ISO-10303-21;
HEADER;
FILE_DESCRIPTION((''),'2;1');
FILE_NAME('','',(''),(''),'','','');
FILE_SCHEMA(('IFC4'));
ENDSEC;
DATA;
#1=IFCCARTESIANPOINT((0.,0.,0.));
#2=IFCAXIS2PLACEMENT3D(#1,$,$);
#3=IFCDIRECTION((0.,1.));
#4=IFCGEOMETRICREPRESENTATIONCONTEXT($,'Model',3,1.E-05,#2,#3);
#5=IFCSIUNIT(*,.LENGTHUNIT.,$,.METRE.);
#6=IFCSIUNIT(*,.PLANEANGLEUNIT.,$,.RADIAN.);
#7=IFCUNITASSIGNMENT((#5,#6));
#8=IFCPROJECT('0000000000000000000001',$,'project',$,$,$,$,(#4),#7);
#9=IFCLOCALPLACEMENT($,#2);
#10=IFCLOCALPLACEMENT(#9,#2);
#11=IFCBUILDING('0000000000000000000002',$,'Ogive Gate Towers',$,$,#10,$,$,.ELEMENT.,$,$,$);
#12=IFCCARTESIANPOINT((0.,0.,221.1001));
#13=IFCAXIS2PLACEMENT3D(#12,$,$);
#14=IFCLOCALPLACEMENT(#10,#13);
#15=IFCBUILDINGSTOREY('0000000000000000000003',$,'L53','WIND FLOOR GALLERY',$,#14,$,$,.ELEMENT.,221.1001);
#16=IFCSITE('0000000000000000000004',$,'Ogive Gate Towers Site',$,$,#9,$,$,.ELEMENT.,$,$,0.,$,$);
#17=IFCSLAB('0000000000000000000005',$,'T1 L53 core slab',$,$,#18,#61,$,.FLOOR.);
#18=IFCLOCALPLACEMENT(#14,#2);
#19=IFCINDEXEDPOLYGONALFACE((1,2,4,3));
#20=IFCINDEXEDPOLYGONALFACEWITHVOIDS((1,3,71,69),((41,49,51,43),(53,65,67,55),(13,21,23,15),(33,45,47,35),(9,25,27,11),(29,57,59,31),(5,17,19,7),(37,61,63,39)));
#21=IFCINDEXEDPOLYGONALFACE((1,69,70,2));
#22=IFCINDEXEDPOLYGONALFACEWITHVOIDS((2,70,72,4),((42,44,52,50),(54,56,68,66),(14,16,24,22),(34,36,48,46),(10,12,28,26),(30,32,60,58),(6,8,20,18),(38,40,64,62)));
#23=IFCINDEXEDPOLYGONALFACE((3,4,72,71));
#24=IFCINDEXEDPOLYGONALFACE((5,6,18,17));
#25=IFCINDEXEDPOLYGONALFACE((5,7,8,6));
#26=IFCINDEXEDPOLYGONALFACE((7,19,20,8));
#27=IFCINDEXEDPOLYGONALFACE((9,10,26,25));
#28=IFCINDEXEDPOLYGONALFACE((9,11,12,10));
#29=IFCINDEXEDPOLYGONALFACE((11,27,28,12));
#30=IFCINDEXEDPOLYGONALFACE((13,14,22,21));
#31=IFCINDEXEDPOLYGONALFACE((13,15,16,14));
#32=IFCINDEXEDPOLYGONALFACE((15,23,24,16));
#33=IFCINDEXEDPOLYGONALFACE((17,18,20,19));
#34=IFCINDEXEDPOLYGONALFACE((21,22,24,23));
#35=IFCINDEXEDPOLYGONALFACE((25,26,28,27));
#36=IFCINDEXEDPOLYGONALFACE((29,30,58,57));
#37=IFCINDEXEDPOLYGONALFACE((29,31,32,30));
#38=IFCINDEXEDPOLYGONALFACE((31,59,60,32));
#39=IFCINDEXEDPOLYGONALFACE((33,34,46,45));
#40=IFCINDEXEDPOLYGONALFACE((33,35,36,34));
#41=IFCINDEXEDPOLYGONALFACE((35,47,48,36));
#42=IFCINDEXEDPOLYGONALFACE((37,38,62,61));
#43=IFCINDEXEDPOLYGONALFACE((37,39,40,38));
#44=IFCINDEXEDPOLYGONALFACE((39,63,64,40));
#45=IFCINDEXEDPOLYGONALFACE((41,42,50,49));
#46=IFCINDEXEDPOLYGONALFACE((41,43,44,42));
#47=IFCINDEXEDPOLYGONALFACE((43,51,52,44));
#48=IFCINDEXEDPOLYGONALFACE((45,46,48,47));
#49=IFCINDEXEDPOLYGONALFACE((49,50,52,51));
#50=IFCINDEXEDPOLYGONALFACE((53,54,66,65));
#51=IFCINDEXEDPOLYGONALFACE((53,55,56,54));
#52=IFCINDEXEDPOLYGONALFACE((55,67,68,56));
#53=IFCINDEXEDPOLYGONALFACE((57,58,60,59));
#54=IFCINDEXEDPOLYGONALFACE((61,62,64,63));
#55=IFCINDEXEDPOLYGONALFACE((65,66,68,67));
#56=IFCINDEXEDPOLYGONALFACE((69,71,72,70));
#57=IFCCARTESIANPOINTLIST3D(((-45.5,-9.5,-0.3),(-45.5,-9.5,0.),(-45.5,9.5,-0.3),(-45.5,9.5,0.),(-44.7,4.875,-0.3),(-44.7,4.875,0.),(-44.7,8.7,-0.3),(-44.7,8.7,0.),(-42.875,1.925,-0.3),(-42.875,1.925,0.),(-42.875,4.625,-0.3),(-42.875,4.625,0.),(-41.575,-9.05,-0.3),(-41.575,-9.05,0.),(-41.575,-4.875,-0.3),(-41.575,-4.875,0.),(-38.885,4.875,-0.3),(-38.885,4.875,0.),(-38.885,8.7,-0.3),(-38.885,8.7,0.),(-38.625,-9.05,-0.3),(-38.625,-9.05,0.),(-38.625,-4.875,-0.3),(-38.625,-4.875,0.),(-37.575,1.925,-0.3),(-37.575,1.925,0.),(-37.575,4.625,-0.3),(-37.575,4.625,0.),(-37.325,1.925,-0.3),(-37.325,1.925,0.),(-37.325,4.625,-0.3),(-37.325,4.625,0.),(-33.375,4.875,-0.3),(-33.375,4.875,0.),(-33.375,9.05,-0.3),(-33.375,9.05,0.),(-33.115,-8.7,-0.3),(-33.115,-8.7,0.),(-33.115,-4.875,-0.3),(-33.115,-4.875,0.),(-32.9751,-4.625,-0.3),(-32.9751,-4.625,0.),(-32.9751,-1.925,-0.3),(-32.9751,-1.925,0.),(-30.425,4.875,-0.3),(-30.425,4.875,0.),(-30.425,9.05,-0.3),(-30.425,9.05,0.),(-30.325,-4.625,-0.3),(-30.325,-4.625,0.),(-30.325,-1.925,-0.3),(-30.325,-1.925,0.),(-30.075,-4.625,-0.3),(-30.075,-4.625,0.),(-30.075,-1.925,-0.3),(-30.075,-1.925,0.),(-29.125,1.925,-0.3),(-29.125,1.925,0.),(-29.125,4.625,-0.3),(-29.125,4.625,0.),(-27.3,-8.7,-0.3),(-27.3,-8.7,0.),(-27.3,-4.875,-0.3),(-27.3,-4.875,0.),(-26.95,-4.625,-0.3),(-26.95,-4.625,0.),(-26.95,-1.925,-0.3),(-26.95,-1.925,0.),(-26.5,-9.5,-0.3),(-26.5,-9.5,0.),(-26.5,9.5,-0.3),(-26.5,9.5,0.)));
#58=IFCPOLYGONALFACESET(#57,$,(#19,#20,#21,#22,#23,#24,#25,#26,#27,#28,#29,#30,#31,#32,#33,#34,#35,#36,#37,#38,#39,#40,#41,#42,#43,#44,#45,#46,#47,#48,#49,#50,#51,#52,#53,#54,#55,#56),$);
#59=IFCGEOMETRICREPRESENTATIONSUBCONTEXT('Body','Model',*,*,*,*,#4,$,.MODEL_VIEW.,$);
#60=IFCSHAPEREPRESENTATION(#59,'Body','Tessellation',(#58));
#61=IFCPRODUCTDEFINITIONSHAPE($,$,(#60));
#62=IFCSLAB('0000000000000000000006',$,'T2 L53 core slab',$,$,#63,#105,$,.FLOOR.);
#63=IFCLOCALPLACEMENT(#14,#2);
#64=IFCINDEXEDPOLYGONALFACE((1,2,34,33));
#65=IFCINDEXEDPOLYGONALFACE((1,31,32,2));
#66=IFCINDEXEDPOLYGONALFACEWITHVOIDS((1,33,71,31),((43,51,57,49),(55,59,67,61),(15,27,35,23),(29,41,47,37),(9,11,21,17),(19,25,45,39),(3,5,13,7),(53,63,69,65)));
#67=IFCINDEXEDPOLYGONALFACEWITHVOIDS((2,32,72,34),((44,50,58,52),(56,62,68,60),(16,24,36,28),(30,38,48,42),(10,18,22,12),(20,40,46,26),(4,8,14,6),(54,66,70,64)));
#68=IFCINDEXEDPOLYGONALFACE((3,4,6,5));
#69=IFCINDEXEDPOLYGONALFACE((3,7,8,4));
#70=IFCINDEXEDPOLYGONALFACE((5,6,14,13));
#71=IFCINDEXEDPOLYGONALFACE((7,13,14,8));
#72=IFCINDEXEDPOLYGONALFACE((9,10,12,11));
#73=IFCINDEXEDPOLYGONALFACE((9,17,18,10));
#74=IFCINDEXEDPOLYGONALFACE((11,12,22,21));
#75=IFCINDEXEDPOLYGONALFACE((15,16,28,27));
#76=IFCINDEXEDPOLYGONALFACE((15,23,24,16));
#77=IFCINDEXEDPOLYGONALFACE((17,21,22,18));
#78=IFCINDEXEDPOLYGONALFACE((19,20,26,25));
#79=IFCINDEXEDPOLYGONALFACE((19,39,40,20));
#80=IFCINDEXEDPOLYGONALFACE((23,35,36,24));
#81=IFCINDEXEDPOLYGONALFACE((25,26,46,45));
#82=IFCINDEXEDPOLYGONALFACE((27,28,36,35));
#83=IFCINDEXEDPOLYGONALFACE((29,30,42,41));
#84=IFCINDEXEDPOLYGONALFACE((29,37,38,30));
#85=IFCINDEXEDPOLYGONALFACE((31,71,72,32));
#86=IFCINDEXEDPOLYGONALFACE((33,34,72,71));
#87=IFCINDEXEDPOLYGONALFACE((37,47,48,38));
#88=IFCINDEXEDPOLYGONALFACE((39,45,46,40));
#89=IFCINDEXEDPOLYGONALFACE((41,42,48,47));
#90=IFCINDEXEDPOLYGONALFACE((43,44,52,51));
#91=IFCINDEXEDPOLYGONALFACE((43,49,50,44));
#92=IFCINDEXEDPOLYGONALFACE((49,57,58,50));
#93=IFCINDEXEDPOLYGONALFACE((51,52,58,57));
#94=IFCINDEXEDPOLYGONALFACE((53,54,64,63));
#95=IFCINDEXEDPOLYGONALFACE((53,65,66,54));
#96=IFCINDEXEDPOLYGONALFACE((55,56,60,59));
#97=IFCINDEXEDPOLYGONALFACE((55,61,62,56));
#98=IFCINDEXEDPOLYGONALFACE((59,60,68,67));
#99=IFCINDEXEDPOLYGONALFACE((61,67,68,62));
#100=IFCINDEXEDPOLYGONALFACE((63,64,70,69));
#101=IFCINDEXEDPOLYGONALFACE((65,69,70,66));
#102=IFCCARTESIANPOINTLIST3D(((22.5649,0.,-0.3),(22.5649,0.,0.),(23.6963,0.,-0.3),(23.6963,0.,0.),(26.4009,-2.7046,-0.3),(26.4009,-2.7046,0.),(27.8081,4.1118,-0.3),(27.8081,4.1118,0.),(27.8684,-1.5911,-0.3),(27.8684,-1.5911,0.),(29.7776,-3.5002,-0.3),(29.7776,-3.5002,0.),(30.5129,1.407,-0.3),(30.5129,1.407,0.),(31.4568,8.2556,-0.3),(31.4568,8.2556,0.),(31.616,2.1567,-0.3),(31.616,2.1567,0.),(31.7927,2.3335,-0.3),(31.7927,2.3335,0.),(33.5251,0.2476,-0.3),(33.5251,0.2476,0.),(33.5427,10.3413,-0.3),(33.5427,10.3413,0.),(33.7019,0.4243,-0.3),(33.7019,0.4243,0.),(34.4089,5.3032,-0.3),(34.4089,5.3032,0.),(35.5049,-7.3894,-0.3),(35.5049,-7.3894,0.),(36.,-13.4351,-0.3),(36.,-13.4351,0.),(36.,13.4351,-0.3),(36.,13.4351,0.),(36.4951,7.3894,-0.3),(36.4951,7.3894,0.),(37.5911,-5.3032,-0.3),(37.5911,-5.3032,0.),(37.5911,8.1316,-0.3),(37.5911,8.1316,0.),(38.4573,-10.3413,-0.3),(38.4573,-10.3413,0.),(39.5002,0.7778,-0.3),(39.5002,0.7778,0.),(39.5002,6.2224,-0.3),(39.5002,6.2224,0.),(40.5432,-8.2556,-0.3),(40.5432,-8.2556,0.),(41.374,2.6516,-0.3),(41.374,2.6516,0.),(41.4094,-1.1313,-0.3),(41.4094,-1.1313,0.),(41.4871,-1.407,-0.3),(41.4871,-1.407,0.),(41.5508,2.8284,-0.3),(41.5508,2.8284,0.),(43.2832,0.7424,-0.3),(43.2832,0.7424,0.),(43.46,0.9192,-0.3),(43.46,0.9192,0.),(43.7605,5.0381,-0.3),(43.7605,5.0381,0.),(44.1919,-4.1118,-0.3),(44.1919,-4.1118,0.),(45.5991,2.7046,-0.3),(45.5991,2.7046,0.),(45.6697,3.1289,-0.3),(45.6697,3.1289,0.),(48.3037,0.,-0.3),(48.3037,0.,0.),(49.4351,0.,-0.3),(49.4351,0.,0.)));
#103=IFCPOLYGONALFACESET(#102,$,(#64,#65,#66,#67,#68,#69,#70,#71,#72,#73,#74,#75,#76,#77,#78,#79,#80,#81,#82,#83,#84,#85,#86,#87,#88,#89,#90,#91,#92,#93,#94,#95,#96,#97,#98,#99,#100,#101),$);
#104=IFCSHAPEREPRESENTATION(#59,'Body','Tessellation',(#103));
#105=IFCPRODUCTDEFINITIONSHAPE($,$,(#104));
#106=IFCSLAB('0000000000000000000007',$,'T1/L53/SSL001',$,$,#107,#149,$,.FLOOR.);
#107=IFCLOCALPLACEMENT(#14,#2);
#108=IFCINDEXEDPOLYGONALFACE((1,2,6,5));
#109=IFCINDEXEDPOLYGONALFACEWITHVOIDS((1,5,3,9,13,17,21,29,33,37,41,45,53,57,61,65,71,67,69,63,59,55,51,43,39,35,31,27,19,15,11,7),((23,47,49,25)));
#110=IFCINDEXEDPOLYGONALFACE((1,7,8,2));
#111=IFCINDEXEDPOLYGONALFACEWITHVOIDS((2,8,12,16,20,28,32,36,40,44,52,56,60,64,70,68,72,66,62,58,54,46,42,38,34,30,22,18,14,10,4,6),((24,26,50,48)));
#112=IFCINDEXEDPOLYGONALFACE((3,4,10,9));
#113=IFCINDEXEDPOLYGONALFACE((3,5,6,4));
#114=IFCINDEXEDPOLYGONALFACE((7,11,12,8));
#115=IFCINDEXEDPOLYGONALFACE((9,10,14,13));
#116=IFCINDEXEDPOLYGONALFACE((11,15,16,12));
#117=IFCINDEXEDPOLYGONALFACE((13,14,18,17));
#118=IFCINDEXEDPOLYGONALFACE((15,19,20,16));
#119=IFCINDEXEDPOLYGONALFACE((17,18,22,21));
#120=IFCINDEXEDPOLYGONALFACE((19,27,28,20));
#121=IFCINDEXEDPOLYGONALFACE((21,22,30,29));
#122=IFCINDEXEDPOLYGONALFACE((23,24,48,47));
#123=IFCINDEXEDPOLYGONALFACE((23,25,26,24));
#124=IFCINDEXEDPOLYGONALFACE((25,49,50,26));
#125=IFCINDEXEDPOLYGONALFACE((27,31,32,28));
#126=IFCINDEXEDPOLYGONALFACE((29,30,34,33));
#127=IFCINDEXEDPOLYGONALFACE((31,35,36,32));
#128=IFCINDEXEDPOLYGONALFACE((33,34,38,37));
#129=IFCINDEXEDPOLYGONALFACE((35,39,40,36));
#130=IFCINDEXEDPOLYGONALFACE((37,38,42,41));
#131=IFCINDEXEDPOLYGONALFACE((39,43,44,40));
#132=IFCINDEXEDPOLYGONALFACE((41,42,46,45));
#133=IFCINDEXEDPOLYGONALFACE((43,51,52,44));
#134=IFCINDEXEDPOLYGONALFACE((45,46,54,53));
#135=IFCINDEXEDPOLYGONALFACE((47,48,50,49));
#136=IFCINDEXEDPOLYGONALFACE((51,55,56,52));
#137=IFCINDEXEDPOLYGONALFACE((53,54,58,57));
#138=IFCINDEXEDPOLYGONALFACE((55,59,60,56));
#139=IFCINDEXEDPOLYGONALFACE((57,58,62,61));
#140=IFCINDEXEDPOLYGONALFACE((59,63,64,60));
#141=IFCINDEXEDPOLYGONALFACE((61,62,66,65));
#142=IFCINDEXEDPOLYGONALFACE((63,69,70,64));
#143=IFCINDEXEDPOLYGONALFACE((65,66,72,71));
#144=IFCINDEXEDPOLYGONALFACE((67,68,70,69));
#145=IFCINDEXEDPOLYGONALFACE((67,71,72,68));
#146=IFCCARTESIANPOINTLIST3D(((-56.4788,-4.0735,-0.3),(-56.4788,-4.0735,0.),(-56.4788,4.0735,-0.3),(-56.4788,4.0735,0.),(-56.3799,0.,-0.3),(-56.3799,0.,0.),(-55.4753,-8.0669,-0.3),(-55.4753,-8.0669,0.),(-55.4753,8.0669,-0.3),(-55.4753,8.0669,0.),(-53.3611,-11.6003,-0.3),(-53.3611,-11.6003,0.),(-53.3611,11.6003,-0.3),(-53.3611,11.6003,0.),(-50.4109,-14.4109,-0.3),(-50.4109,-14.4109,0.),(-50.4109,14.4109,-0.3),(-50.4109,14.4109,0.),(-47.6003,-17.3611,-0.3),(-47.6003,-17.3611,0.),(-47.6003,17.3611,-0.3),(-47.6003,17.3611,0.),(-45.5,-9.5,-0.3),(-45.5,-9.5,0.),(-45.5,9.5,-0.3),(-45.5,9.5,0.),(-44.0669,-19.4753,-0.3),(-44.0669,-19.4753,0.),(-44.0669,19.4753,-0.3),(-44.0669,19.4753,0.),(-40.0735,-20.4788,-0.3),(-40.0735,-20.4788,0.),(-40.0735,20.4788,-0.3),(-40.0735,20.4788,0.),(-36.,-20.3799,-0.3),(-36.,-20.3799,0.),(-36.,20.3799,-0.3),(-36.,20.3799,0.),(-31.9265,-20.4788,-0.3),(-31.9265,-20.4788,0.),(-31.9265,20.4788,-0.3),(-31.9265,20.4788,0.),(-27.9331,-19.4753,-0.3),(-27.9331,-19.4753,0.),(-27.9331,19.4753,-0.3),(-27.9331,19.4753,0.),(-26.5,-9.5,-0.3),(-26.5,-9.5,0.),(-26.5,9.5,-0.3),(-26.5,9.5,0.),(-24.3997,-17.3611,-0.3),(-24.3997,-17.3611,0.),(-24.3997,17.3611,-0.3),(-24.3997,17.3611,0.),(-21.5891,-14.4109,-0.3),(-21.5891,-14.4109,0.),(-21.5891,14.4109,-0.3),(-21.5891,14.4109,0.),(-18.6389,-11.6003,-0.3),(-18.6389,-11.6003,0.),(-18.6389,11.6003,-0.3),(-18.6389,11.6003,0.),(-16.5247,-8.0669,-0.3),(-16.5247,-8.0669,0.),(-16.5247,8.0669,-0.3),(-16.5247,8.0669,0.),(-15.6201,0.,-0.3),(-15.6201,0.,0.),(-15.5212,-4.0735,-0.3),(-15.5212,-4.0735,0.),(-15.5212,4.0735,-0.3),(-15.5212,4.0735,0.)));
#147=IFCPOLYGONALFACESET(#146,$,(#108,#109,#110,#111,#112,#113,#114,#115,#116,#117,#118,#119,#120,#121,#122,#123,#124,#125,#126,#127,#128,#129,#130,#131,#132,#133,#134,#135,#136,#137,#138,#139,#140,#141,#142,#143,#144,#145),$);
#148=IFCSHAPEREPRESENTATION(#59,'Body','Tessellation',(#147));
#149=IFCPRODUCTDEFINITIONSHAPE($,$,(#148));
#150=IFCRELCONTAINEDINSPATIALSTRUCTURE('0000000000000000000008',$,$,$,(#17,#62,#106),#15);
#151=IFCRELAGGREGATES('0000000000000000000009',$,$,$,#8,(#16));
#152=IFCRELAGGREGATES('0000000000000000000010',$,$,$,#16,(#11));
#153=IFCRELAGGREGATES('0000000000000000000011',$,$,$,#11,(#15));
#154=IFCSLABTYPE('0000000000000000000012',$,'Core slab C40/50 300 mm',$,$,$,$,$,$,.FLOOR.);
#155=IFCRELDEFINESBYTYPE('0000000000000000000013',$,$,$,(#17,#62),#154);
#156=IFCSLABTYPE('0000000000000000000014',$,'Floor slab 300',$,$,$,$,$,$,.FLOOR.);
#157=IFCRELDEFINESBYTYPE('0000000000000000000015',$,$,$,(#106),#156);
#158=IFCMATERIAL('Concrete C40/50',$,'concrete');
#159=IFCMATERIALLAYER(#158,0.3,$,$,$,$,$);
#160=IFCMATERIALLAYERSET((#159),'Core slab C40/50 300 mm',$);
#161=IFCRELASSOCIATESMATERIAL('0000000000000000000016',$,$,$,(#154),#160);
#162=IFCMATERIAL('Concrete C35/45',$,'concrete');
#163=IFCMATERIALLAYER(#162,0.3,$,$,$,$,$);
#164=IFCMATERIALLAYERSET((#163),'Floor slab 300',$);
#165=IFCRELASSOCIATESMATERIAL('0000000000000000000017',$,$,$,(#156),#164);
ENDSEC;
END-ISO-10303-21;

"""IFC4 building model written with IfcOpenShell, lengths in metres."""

from ifc_helpers import new_model, si_unit, direction, frame, origin, place, context, subcontext, project, spatial, polyline, outline, extrude, material, layer, layer_set, type_object, element, save


model = new_model("IFC4")

# Units and contexts
model_context = context("Model", 3, precision=1e-05, world=origin(), true_north=direction((0.0, 1.0)))
body_context = subcontext(model_context, "Body", "Model", "MODEL_VIEW")
ifc_project = project(units=[si_unit("LENGTHUNIT", "METRE"), si_unit("PLANEANGLEUNIT", "RADIAN")], contexts=[model_context])

# Site, building, storey
site_placement = place(None, origin())
site = spatial("IfcSite", under=ifc_project, at=site_placement, Name="Ogive Gate Towers Site", CompositionType="ELEMENT", RefElevation=0.0)
building_placement = place(site_placement, origin())
building = spatial("IfcBuilding", under=site, at=building_placement, Name="Ogive Gate Towers", CompositionType="ELEMENT")
storey_placement = place(building_placement, frame((0.0, 0.0, 221.1001)))
storey = spatial("IfcBuildingStorey", under=building, at=storey_placement, Name="L53", Description="WIND FLOOR GALLERY", CompositionType="ELEMENT", Elevation=221.1001)

# Slabs
ifc_material_1 = material(Name="Concrete C40/50", Category="concrete")
ifc_layer_1 = layer(ifc_material_1, 0.3)
ifc_layer_set_1 = layer_set([ifc_layer_1], Name="Core slab C40/50 300 mm")
slab_type_1 = type_object("IfcSlabType", Name="Core slab C40/50 300 mm", PredefinedType="FLOOR", material=ifc_layer_set_1)
slab_1_placement = place(storey_placement, frame((0.0, 0.0, -0.3)))
element("IfcSlab", 1, at=slab_1_placement, inside=storey, type_object=slab_type_1, Name="T1 L53 core slab", PredefinedType="FLOOR", context=body_context, shape_type="SweptSolid", body=[
    extrude(outline(polyline([(-45.5, -9.5), (-45.5, 9.5), (-26.5, 9.5), (-26.5, -9.5), (-45.5, -9.5)]), holes=[polyline([(-42.875, 1.925), (-37.575, 1.925), (-37.575, 4.625), (-42.875, 4.625), (-42.875, 1.925)]), polyline([(-37.325, 4.625), (-37.325, 1.925), (-29.125, 1.925), (-29.125, 4.625), (-37.325, 4.625)]), polyline([(-30.325, -1.925), (-32.9751, -1.925), (-32.9751, -4.625), (-30.325, -4.625), (-30.325, -1.925)]), polyline([(-26.95, -4.625), (-26.95, -1.925), (-30.075, -1.925), (-30.075, -4.625), (-26.95, -4.625)]), polyline([(-33.375, 4.875), (-30.425, 4.875), (-30.425, 9.05), (-33.375, 9.05), (-33.375, 4.875)]), polyline([(-41.575, -4.875), (-41.575, -9.05), (-38.625, -9.05), (-38.625, -4.875), (-41.575, -4.875)]), polyline([(-44.7, 4.875), (-38.885, 4.875), (-38.885, 8.7), (-44.7, 8.7), (-44.7, 4.875)]), polyline([(-27.3, -8.7), (-27.3, -4.875), (-33.115, -4.875), (-33.115, -8.7), (-27.3, -8.7)])]), origin(), (0.0, 0.0, 1.0), 0.3),
])
slab_2_placement = place(storey_placement, frame((0.0, 0.0, -0.3)))
element("IfcSlab", 2, at=slab_2_placement, inside=storey, type_object=slab_type_1, Name="T2 L53 core slab", PredefinedType="FLOOR", context=body_context, shape_type="SweptSolid", body=[
    extrude(outline(polyline([(36.0, -13.4351), (22.5649, 0.0), (36.0, 13.4351), (49.4351, 0.0), (36.0, -13.4351)]), holes=[polyline([(29.7776, -3.5002), (33.5251, 0.2476), (31.616, 2.1567), (27.8684, -1.5911), (29.7776, -3.5002)]), polyline([(31.7927, 2.3335), (33.7019, 0.4243), (39.5002, 6.2224), (37.5911, 8.1316), (31.7927, 2.3335)]), polyline([(41.374, 2.6516), (39.5002, 0.7778), (41.4094, -1.1313), (43.2832, 0.7424), (41.374, 2.6516)]), polyline([(45.6697, 3.1289), (43.7605, 5.0381), (41.5508, 2.8284), (43.46, 0.9192), (45.6697, 3.1289)]), polyline([(34.4089, 5.3032), (36.4951, 7.3894), (33.5427, 10.3413), (31.4568, 8.2556), (34.4089, 5.3032)]), polyline([(35.5049, -7.3894), (38.4573, -10.3413), (40.5432, -8.2556), (37.5911, -5.3032), (35.5049, -7.3894)]), polyline([(26.4009, -2.7046), (30.5129, 1.407), (27.8081, 4.1118), (23.6963, 0.0), (26.4009, -2.7046)]), polyline([(48.3037, 0.0), (45.5991, 2.7046), (41.4871, -1.407), (44.1919, -4.1118), (48.3037, 0.0)])]), origin(), (0.0, 0.0, 1.0), 0.3),
])
ifc_material_2 = material(Name="Concrete C35/45", Category="concrete")
ifc_layer_2 = layer(ifc_material_2, 0.3)
ifc_layer_set_2 = layer_set([ifc_layer_2], Name="Floor slab 300")
slab_type_2 = type_object("IfcSlabType", Name="Floor slab 300", PredefinedType="FLOOR", material=ifc_layer_set_2)
slab_3_placement = place(storey_placement, frame((0.0, 0.0, -0.3)))
element("IfcSlab", 3, at=slab_3_placement, inside=storey, type_object=slab_type_2, Name="T1/L53/SSL001", PredefinedType="FLOOR", context=body_context, shape_type="SweptSolid", body=[
    extrude(outline(polyline([(-15.5212, -4.0735), (-15.6201, 0.0), (-15.5212, 4.0735), (-16.5247, 8.0669), (-18.6389, 11.6003), (-21.5891, 14.4109), (-24.3997, 17.3611), (-27.9331, 19.4753), (-31.9265, 20.4788), (-36.0, 20.3799), (-40.0735, 20.4788), (-44.0669, 19.4753), (-47.6003, 17.3611), (-50.4109, 14.4109), (-53.3611, 11.6003), (-55.4753, 8.0669), (-56.4788, 4.0735), (-56.3799, 0.0), (-56.4788, -4.0735), (-55.4753, -8.0669), (-53.3611, -11.6003), (-50.4109, -14.4109), (-47.6003, -17.3611), (-44.0669, -19.4753), (-40.0735, -20.4788), (-36.0, -20.3799), (-31.9265, -20.4788), (-27.9331, -19.4753), (-24.3997, -17.3611), (-21.5891, -14.4109), (-18.6389, -11.6003), (-16.5247, -8.0669), (-15.5212, -4.0735)]), holes=[polyline([(-26.5, -9.5), (-45.5, -9.5), (-45.5, 9.5), (-26.5, 9.5), (-26.5, -9.5)])]), origin(), (0.0, 0.0, 1.0), 0.3),
])

save(model, "model.ifc")
